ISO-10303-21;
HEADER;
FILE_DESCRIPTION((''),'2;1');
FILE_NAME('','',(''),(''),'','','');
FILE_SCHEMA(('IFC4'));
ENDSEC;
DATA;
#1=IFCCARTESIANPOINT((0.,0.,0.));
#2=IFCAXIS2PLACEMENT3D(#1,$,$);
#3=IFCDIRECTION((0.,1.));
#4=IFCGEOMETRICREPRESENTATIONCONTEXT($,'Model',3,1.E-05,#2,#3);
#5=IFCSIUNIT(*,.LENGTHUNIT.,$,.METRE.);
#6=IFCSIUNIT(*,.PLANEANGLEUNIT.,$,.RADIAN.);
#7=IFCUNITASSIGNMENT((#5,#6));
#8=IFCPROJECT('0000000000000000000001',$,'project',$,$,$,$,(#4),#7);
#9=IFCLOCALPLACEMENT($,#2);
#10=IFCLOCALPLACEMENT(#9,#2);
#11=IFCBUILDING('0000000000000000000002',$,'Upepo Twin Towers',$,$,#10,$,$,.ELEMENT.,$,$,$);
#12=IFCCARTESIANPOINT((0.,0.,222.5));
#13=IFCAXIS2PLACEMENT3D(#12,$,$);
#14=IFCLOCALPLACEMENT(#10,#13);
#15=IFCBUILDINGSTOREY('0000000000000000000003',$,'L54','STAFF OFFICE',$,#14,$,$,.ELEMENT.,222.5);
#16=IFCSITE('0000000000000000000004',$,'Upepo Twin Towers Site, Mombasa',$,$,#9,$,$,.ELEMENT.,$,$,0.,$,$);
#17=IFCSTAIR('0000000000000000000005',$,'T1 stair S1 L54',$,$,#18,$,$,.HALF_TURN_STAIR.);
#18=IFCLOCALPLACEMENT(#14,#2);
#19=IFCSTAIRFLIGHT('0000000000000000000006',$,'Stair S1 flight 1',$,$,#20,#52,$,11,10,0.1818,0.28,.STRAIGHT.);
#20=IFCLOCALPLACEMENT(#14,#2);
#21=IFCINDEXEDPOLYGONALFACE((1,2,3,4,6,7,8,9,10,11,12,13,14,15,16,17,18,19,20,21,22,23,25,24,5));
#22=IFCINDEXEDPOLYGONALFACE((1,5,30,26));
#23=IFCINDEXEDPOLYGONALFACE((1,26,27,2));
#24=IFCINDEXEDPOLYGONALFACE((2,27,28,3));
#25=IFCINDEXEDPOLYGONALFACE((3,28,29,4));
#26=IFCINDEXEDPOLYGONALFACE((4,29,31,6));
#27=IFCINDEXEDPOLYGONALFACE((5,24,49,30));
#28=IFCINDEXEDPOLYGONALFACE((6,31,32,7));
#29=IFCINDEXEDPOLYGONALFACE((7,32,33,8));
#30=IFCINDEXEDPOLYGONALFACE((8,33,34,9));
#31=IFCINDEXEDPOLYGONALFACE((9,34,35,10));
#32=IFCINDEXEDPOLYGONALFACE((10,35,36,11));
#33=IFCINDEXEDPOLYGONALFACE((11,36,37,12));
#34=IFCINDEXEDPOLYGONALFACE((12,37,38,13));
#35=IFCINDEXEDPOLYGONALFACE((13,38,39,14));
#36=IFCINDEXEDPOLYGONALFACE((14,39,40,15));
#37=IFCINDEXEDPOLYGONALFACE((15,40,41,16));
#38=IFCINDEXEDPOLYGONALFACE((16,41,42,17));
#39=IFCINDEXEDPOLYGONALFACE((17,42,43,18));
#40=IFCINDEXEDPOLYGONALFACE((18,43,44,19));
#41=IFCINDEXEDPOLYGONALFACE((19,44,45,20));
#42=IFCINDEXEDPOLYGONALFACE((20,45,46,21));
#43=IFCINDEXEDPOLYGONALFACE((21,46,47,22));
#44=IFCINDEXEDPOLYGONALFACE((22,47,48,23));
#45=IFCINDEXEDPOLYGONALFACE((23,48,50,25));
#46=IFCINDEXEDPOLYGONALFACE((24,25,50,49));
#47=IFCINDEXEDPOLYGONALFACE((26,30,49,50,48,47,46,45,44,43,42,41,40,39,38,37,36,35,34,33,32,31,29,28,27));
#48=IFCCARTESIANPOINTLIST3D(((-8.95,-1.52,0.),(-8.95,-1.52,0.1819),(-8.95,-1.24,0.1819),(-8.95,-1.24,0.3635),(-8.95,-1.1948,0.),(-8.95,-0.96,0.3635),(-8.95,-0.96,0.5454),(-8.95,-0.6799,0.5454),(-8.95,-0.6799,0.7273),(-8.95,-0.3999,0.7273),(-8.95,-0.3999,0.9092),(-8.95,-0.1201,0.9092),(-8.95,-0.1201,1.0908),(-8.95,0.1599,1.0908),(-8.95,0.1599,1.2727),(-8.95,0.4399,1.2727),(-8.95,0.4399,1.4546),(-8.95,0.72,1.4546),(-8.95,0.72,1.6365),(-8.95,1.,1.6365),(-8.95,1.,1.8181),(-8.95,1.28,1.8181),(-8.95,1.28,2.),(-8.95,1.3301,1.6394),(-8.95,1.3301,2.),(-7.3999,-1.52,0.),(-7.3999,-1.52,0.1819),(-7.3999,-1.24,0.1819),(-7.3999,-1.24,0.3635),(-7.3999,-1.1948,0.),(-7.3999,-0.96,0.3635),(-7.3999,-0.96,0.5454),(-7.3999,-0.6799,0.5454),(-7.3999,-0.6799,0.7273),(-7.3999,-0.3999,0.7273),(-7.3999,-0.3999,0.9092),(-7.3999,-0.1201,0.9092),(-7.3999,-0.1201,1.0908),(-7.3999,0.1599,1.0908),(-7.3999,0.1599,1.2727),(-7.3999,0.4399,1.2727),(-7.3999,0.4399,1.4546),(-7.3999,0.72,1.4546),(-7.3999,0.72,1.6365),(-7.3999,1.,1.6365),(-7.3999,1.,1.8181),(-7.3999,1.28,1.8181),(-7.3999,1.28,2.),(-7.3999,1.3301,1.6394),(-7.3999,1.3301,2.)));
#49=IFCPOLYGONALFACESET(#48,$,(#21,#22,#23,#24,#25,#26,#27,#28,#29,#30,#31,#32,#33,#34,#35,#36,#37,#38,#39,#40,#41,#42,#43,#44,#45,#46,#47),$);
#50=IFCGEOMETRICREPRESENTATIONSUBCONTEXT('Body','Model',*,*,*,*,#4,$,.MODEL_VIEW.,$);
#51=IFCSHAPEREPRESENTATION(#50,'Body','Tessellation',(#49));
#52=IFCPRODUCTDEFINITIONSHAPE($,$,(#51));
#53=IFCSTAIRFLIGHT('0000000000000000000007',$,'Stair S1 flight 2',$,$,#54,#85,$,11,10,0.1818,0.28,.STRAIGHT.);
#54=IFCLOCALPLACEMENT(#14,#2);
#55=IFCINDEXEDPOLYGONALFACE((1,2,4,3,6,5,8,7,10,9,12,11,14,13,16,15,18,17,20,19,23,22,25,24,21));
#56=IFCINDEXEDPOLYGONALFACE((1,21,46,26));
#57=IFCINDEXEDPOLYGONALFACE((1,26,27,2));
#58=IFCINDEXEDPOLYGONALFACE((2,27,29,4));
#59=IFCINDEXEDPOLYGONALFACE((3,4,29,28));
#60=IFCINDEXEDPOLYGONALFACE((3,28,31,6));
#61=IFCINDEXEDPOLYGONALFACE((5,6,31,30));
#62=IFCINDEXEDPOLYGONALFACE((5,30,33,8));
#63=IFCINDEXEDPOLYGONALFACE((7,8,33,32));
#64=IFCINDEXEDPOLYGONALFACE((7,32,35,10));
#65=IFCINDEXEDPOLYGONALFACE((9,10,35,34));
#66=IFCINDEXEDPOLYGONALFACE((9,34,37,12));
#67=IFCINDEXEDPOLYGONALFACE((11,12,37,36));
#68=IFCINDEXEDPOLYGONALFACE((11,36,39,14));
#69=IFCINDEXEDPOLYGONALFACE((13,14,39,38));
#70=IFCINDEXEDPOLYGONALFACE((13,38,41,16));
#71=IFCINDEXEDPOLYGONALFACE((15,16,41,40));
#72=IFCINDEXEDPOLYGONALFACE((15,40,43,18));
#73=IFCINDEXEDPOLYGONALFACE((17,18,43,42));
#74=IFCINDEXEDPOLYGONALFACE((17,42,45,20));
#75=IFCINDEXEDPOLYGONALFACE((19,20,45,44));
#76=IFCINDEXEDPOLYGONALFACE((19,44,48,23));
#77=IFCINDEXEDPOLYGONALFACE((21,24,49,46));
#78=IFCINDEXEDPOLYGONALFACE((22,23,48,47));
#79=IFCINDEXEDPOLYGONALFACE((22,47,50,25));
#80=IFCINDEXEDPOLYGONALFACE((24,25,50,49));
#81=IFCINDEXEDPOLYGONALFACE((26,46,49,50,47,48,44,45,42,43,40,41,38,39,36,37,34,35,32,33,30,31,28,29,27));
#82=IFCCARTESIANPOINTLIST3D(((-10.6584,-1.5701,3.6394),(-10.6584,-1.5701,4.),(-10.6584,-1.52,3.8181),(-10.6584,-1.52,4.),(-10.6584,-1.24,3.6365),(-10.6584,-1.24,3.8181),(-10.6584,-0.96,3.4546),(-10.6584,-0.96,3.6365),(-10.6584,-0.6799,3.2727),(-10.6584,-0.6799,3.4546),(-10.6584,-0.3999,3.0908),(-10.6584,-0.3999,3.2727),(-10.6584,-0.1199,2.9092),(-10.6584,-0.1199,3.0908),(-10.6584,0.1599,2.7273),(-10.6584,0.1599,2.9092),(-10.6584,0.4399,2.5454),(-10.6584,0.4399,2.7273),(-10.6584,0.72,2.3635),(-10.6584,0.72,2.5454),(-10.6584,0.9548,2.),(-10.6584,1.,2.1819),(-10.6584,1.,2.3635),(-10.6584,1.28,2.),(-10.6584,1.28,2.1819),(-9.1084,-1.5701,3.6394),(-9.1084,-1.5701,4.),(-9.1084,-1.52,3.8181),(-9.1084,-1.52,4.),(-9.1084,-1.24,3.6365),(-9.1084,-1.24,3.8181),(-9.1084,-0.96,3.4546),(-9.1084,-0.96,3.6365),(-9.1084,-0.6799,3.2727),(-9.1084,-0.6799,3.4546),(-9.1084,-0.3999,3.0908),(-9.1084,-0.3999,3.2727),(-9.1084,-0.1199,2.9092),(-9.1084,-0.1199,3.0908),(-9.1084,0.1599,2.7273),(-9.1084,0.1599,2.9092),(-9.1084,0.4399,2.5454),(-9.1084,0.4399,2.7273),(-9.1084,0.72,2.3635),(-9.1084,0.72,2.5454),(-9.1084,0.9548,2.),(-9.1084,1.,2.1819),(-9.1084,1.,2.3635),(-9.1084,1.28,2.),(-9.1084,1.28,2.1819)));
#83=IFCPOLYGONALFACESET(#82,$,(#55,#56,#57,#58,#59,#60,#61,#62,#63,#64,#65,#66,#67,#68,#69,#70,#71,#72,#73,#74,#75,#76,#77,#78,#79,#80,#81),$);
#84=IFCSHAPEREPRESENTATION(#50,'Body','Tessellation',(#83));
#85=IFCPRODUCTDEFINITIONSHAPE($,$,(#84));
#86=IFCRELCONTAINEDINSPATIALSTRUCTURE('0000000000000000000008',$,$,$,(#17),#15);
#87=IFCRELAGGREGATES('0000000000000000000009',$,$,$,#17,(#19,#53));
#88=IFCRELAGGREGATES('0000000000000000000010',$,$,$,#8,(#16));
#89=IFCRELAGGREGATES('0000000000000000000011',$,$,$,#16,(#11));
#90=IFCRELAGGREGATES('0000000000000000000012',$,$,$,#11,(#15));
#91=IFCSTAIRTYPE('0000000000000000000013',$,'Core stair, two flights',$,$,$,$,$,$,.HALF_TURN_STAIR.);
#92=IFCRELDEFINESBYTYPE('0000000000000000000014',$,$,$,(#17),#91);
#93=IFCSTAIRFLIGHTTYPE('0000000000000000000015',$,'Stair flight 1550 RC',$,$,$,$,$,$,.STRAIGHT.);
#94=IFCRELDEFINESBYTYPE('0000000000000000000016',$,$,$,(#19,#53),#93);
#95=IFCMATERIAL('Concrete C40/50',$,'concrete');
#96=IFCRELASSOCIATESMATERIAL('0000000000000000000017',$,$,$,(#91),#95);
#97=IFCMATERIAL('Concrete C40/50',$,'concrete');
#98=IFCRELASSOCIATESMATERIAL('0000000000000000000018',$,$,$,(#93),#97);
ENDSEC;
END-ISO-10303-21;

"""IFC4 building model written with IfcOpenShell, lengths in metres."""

from ifc_helpers import new_model, si_unit, direction, frame, origin, place, context, subcontext, project, spatial, polyline, outline, extrude, material, type_object, element, aggregate, save


model = new_model("IFC4")

# Units and contexts
model_context = context("Model", 3, precision=1e-05, world=origin(), true_north=direction((0.0, 1.0)))
body_context = subcontext(model_context, "Body", "Model", "MODEL_VIEW")
ifc_project = project(units=[si_unit("LENGTHUNIT", "METRE"), si_unit("PLANEANGLEUNIT", "RADIAN")], contexts=[model_context])

# Site, building, storey
site_placement = place(None, origin())
site = spatial("IfcSite", under=ifc_project, at=site_placement, Name="Upepo Twin Towers Site, Mombasa", CompositionType="ELEMENT", RefElevation=0.0)
building_placement = place(site_placement, origin())
building = spatial("IfcBuilding", under=site, at=building_placement, Name="Upepo Twin Towers", CompositionType="ELEMENT")
storey_placement = place(building_placement, frame((0.0, 0.0, 222.5)))
storey = spatial("IfcBuildingStorey", under=building, at=storey_placement, Name="L54", Description="STAFF OFFICE", CompositionType="ELEMENT", Elevation=222.5)

# Stair, stair flights
ifc_material_1 = material(Name="Concrete C40/50", Category="concrete")
stair_type = type_object("IfcStairType", Name="Core stair, two flights", PredefinedType="HALF_TURN_STAIR", material=ifc_material_1)
stair_placement = place(storey_placement, origin())
stair = element("IfcStair", 1, at=stair_placement, inside=storey, type_object=stair_type, Name="T1 stair S1 L54", PredefinedType="HALF_TURN_STAIR")
ifc_material_2 = material(Name="Concrete C40/50", Category="concrete")
stair_flight_type = type_object("IfcStairFlightType", Name="Stair flight 1550 RC", PredefinedType="STRAIGHT", material=ifc_material_2)
stair_flight_1_placement = place(storey_placement, frame((-8.175, -1.52, 0.0), z_axis=(0.0, 0.0, 1.0), x_axis=(0.0, 1.0, 0.0)))
stair_flight_1 = element("IfcStairFlight", 2, at=stair_flight_1_placement, type_object=stair_flight_type, Name="Stair S1 flight 1", NumberOfRisers=11, NumberOfTreads=10, PredefinedType="STRAIGHT", RiserHeight=0.1818, TreadLength=0.28, context=body_context, shape_type="SweptSolid", body=[
    extrude(outline(polyline([(0.0, 0.0), (0.0, 0.1819), (0.28, 0.1819), (0.28, 0.3635), (0.5601, 0.3635), (0.5601, 0.5454), (0.8401, 0.5454), (0.8401, 0.7273), (1.1201, 0.7273), (1.1201, 0.9092), (1.3999, 0.9092), (1.3999, 1.0908), (1.6799, 1.0908), (1.6799, 1.2727), (1.96, 1.2727), (1.96, 1.4546), (2.24, 1.4546), (2.24, 1.6365), (2.52, 1.6365), (2.52, 1.8181), (2.8, 1.8181), (2.8, 2.0), (2.8501, 2.0), (2.8501, 1.6394), (0.3252, 0.0), (0.0, 0.0)])), frame((0.0, 0.7749, 0.0), z_axis=(0.0, -1.0, 0.0), x_axis=(1.0, 0.0, 0.0)), (0.0, 0.0, 1.0), 1.55),
])
stair_flight_2_placement = place(storey_placement, frame((-9.8833, 1.28, 2.0), z_axis=(0.0, 0.0, 1.0), x_axis=(0.0, -1.0, 0.0)))
stair_flight_2 = element("IfcStairFlight", 3, at=stair_flight_2_placement, type_object=stair_flight_type, Name="Stair S1 flight 2", NumberOfRisers=11, NumberOfTreads=10, PredefinedType="STRAIGHT", RiserHeight=0.1818, TreadLength=0.28, context=body_context, shape_type="SweptSolid", body=[
    extrude(outline(polyline([(0.0, 0.0), (0.0, 0.1819), (0.28, 0.1819), (0.28, 0.3635), (0.5601, 0.3635), (0.5601, 0.5454), (0.8401, 0.5454), (0.8401, 0.7273), (1.1201, 0.7273), (1.1201, 0.9092), (1.3999, 0.9092), (1.3999, 1.0908), (1.6799, 1.0908), (1.6799, 1.2727), (1.96, 1.2727), (1.96, 1.4546), (2.24, 1.4546), (2.24, 1.6365), (2.52, 1.6365), (2.52, 1.8181), (2.8, 1.8181), (2.8, 2.0), (2.8501, 2.0), (2.8501, 1.6394), (0.3252, 0.0), (0.0, 0.0)])), frame((0.0, 0.7749, 0.0), z_axis=(0.0, -1.0, 0.0), x_axis=(1.0, 0.0, 0.0)), (0.0, 0.0, 1.0), 1.55),
])
aggregate(stair, [stair_flight_1, stair_flight_2])

save(model, "model.ifc")
